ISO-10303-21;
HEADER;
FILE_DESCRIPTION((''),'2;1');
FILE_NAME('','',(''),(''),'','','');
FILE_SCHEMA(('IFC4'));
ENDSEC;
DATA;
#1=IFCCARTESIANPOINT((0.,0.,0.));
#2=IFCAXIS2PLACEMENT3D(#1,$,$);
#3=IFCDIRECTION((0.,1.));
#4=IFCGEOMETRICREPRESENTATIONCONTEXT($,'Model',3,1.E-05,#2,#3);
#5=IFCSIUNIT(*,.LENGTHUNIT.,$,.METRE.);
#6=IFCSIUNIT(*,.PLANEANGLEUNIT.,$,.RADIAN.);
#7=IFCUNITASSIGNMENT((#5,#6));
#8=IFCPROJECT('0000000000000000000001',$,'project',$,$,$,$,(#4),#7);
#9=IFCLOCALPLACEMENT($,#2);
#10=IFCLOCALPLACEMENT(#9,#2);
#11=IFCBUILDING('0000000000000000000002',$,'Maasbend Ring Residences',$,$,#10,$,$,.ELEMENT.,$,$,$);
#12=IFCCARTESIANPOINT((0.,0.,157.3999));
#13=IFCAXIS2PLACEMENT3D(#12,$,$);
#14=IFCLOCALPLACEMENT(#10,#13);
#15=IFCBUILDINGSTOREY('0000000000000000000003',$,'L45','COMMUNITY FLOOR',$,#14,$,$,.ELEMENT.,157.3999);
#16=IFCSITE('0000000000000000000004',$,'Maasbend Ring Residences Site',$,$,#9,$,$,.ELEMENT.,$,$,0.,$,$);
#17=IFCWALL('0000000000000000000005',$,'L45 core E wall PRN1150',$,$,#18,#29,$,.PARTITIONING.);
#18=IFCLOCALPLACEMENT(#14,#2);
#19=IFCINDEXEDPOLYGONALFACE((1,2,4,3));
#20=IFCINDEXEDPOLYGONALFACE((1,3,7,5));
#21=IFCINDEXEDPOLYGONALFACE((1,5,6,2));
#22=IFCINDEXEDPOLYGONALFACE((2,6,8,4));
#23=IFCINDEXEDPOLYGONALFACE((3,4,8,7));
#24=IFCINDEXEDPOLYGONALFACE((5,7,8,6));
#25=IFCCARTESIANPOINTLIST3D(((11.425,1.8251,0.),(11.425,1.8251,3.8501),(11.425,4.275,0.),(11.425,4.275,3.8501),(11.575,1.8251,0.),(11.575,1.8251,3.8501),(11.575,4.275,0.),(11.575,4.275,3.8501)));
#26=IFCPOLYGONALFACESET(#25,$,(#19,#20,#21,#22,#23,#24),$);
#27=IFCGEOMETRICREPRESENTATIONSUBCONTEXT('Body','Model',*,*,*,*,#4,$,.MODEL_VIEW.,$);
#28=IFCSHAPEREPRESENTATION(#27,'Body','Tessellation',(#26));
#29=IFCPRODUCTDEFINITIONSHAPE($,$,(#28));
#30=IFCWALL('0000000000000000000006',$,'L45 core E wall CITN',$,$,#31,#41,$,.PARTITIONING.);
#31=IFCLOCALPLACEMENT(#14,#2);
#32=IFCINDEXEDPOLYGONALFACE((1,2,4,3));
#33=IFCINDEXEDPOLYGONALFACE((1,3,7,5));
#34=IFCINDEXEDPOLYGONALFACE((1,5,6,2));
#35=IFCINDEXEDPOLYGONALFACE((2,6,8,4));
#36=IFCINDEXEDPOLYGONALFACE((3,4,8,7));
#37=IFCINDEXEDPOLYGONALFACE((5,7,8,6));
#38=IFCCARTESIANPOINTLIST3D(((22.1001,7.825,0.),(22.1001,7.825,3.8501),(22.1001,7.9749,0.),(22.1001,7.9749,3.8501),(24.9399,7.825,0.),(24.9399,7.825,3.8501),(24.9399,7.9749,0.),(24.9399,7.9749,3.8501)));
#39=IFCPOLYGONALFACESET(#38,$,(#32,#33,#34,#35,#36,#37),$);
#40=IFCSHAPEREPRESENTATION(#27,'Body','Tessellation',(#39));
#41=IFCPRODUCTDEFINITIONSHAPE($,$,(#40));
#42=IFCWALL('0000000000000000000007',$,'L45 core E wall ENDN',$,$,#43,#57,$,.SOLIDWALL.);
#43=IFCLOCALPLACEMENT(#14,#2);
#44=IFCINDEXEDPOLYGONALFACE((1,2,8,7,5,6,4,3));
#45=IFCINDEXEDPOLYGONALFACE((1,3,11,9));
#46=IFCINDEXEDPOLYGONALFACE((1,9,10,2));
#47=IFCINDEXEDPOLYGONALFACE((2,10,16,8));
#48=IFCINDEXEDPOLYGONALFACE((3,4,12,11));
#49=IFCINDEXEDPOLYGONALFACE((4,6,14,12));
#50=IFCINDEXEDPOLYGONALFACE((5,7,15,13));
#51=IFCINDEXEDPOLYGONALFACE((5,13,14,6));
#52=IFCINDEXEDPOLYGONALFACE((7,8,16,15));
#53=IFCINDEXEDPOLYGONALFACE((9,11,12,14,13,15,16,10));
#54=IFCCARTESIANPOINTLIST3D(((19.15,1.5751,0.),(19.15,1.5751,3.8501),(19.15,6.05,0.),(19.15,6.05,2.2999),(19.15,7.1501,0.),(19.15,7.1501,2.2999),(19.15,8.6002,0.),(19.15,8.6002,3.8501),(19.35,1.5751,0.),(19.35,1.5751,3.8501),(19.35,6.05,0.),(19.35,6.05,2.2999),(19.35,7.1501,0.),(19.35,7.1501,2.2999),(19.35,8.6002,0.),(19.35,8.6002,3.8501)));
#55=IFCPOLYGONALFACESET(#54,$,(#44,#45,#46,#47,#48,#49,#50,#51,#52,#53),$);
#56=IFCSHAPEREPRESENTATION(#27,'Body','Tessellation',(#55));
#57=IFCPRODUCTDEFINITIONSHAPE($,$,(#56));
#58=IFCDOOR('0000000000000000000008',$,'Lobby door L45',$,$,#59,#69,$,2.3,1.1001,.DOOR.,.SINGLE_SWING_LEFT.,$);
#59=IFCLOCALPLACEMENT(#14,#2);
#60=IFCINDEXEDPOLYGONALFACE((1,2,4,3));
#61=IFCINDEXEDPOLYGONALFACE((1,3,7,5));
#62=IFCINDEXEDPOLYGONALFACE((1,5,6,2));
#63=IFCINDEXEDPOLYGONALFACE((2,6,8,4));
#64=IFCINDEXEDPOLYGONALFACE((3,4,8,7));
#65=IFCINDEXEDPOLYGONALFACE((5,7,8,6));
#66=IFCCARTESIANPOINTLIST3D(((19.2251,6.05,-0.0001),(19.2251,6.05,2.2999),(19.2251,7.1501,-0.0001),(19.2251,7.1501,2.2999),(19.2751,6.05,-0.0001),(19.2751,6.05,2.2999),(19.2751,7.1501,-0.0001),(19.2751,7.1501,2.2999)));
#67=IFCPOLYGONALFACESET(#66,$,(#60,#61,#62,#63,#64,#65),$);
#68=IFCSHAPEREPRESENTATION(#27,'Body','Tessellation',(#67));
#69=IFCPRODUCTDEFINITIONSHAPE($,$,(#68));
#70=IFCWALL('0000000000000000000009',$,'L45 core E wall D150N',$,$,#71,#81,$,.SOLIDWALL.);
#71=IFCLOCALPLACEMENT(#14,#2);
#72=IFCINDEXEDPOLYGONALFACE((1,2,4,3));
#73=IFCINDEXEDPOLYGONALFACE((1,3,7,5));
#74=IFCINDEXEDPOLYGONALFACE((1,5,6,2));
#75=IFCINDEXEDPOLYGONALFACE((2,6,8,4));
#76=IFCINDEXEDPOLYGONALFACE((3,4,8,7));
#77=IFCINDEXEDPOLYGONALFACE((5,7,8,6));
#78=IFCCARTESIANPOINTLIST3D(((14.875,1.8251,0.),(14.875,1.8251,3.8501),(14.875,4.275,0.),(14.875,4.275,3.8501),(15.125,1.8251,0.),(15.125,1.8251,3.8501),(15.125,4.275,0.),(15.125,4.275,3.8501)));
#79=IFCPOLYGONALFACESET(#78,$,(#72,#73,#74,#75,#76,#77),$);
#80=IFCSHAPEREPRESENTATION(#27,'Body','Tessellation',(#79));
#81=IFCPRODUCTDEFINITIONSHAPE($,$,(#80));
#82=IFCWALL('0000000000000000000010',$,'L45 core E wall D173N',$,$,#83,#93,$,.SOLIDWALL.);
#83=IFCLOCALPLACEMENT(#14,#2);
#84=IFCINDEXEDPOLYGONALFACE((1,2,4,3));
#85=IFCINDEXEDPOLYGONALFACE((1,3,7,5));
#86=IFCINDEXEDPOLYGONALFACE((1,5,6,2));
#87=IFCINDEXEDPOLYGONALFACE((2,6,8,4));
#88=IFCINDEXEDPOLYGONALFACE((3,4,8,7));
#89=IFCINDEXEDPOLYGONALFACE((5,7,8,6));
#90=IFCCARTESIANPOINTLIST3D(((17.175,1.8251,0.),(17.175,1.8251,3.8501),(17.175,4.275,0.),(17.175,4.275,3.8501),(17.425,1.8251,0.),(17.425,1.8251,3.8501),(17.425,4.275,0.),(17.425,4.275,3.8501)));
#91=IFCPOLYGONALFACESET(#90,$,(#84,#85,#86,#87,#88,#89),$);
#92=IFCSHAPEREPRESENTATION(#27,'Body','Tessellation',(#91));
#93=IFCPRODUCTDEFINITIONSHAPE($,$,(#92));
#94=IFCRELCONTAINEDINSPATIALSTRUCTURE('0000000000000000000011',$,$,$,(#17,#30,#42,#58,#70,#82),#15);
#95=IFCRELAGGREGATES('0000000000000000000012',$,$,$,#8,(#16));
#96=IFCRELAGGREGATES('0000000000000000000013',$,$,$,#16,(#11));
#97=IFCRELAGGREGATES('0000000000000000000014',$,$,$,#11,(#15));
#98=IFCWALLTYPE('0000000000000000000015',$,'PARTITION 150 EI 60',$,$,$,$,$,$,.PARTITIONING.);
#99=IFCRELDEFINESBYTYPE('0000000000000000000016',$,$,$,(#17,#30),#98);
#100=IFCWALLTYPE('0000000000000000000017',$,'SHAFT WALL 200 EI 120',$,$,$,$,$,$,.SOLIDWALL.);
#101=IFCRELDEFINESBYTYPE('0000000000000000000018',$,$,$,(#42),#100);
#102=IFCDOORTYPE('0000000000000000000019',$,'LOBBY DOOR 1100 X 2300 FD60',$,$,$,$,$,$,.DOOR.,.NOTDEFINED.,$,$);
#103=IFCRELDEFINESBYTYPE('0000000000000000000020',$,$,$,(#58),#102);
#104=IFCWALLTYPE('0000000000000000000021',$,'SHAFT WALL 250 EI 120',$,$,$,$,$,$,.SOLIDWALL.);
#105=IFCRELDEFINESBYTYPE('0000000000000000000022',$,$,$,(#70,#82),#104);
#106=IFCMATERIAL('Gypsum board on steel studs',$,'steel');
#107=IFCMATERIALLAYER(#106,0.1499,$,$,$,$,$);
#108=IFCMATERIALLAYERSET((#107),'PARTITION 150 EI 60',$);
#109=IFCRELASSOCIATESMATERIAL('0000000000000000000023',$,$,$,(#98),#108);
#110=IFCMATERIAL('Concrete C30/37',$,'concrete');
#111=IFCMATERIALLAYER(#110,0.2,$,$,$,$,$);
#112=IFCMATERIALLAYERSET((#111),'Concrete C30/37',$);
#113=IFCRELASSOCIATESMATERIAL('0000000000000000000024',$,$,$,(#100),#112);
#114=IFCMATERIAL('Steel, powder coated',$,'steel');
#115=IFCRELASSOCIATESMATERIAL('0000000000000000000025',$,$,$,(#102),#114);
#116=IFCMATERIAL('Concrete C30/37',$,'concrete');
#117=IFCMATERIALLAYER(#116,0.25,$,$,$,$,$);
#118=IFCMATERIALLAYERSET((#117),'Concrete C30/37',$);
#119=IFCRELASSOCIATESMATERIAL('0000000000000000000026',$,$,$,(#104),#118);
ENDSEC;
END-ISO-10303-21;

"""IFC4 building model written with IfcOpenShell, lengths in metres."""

from ifc_helpers import new_model, si_unit, direction, frame, frame_2d, origin, place, context, subcontext, project, spatial, rectangle, extrude, material, layer, layer_set, type_object, element, fill, save


model = new_model("IFC4")

# Units and contexts
model_context = context("Model", 3, precision=1e-05, world=origin(), true_north=direction((0.0, 1.0)))
body_context = subcontext(model_context, "Body", "Model", "MODEL_VIEW")
ifc_project = project(units=[si_unit("LENGTHUNIT", "METRE"), si_unit("PLANEANGLEUNIT", "RADIAN")], contexts=[model_context])

# Site, building, storey
site_placement = place(None, origin())
site = spatial("IfcSite", under=ifc_project, at=site_placement, Name="Maasbend Ring Residences Site", CompositionType="ELEMENT", RefElevation=0.0)
building_placement = place(site_placement, origin())
building = spatial("IfcBuilding", under=site, at=building_placement, Name="Maasbend Ring Residences", CompositionType="ELEMENT")
storey_placement = place(building_placement, frame((0.0, 0.0, 157.3999)))
storey = spatial("IfcBuildingStorey", under=building, at=storey_placement, Name="L45", Description="COMMUNITY FLOOR", CompositionType="ELEMENT", Elevation=157.3999)

# Walls
ifc_material_1 = material(Name="Gypsum board on steel studs", Category="steel")
ifc_layer_1 = layer(ifc_material_1, 0.1499)
ifc_layer_set_1 = layer_set([ifc_layer_1], Name="PARTITION 150 EI 60")
wall_type_1 = type_object("IfcWallType", Name="PARTITION 150 EI 60", PredefinedType="PARTITIONING", material=ifc_layer_set_1)
wall_1_placement = place(storey_placement, frame((11.5, 1.825, 0.0), z_axis=(0.0, 0.0, 1.0), x_axis=(0.0, 1.0, 0.0)))
element("IfcWall", 1, at=wall_1_placement, inside=storey, type_object=wall_type_1, Name="L45 core E wall PRN1150", PredefinedType="PARTITIONING", context=body_context, shape_type="SweptSolid", body=[
    extrude(rectangle(XDim=2.45, YDim=0.1499, at=frame_2d((1.2251, 0.0))), origin(), (0.0, 0.0, 1.0), 3.8501),
])
wall_2_placement = place(storey_placement, frame((22.1001, 7.8999, 0.0), z_axis=(0.0, 0.0, 1.0), x_axis=(1.0, 0.0, 0.0)))
element("IfcWall", 2, at=wall_2_placement, inside=storey, type_object=wall_type_1, Name="L45 core E wall CITN", PredefinedType="PARTITIONING", context=body_context, shape_type="SweptSolid", body=[
    extrude(rectangle(XDim=2.8398, YDim=0.1499, at=frame_2d((1.4199, 0.0))), origin(), (0.0, 0.0, 1.0), 3.8501),
])

# Wall, opening, door
ifc_material_2 = material(Name="Concrete C30/37", Category="concrete")
ifc_layer_2 = layer(ifc_material_2, 0.2)
ifc_layer_set_2 = layer_set([ifc_layer_2], Name="Concrete C30/37")
wall_type_2 = type_object("IfcWallType", Name="SHAFT WALL 200 EI 120", PredefinedType="SOLIDWALL", material=ifc_layer_set_2)
wall_3_placement = place(storey_placement, frame((19.25, 1.575, 0.0), z_axis=(0.0, 0.0, 1.0), x_axis=(0.0, 1.0, 0.0)))
wall_3 = element("IfcWall", 3, at=wall_3_placement, inside=storey, type_object=wall_type_2, Name="L45 core E wall ENDN", PredefinedType="SOLIDWALL", context=body_context, shape_type="SweptSolid", body=[
    extrude(rectangle(XDim=7.0251, YDim=0.2, at=frame_2d((3.5127, 0.0))), origin(), (0.0, 0.0, 1.0), 3.8501),
])
opening_1_placement = place(wall_3_placement, frame((4.4751, 0.0, 0.0)))
opening_1 = element("IfcOpeningElement", 4, at=opening_1_placement, cuts=wall_3, PredefinedType="OPENING", context=body_context, shape_type="SweptSolid", body=[
    extrude(rectangle(XDim=1.1001, YDim=2.3, at=frame_2d((0.55, 1.1499))), frame((0.0, 0.1099, 0.0), z_axis=(0.0, -1.0, 0.0), x_axis=(1.0, 0.0, 0.0)), (0.0, 0.0, 1.0), 0.22),
])
ifc_material_3 = material(Name="Steel, powder coated", Category="steel")
door_type_1 = type_object("IfcDoorType", Name="LOBBY DOOR 1100 X 2300 FD60", OperationType="NOTDEFINED", PredefinedType="DOOR", material=ifc_material_3)
door_1_placement = place(opening_1_placement, origin())
door_1 = element("IfcDoor", 5, at=door_1_placement, inside=storey, type_object=door_type_1, Name="Lobby door L45", OperationType="SINGLE_SWING_LEFT", OverallHeight=2.3, OverallWidth=1.1001, PredefinedType="DOOR", context=body_context, shape_type="SweptSolid", body=[
    extrude(rectangle(XDim=1.1001, YDim=2.3, at=frame_2d((0.55, 1.1499))), frame((0.0, 0.0249, 0.0), z_axis=(0.0, -1.0, 0.0), x_axis=(1.0, 0.0, 0.0)), (0.0, 0.0, 1.0), 0.05),
])
fill(opening_1, door_1)

# Walls
ifc_material_4 = material(Name="Concrete C30/37", Category="concrete")
ifc_layer_3 = layer(ifc_material_4, 0.25)
ifc_layer_set_3 = layer_set([ifc_layer_3], Name="Concrete C30/37")
wall_type_3 = type_object("IfcWallType", Name="SHAFT WALL 250 EI 120", PredefinedType="SOLIDWALL", material=ifc_layer_set_3)
for number, where, z_axis, x_axis, name in (
    (6, (15.0, 1.825, 0.0), (0.0, 0.0, 1.0), (0.0, 1.0, 0.0), "L45 core E wall D150N"),
    (7, (17.3, 1.825, 0.0), (0.0, 0.0, 1.0), (0.0, 1.0, 0.0), "L45 core E wall D173N"),
):
    element("IfcWall", number, at=place(storey_placement, frame(where, z_axis=z_axis, x_axis=x_axis)), inside=storey, type_object=wall_type_3, Name=name, PredefinedType="SOLIDWALL", context=body_context, shape_type="SweptSolid", body=[
        extrude(rectangle(XDim=2.45, YDim=0.25, at=frame_2d((1.2251, 0.0))), origin(), (0.0, 0.0, 1.0), 3.8501),
    ])

save(model, "model.ifc")
